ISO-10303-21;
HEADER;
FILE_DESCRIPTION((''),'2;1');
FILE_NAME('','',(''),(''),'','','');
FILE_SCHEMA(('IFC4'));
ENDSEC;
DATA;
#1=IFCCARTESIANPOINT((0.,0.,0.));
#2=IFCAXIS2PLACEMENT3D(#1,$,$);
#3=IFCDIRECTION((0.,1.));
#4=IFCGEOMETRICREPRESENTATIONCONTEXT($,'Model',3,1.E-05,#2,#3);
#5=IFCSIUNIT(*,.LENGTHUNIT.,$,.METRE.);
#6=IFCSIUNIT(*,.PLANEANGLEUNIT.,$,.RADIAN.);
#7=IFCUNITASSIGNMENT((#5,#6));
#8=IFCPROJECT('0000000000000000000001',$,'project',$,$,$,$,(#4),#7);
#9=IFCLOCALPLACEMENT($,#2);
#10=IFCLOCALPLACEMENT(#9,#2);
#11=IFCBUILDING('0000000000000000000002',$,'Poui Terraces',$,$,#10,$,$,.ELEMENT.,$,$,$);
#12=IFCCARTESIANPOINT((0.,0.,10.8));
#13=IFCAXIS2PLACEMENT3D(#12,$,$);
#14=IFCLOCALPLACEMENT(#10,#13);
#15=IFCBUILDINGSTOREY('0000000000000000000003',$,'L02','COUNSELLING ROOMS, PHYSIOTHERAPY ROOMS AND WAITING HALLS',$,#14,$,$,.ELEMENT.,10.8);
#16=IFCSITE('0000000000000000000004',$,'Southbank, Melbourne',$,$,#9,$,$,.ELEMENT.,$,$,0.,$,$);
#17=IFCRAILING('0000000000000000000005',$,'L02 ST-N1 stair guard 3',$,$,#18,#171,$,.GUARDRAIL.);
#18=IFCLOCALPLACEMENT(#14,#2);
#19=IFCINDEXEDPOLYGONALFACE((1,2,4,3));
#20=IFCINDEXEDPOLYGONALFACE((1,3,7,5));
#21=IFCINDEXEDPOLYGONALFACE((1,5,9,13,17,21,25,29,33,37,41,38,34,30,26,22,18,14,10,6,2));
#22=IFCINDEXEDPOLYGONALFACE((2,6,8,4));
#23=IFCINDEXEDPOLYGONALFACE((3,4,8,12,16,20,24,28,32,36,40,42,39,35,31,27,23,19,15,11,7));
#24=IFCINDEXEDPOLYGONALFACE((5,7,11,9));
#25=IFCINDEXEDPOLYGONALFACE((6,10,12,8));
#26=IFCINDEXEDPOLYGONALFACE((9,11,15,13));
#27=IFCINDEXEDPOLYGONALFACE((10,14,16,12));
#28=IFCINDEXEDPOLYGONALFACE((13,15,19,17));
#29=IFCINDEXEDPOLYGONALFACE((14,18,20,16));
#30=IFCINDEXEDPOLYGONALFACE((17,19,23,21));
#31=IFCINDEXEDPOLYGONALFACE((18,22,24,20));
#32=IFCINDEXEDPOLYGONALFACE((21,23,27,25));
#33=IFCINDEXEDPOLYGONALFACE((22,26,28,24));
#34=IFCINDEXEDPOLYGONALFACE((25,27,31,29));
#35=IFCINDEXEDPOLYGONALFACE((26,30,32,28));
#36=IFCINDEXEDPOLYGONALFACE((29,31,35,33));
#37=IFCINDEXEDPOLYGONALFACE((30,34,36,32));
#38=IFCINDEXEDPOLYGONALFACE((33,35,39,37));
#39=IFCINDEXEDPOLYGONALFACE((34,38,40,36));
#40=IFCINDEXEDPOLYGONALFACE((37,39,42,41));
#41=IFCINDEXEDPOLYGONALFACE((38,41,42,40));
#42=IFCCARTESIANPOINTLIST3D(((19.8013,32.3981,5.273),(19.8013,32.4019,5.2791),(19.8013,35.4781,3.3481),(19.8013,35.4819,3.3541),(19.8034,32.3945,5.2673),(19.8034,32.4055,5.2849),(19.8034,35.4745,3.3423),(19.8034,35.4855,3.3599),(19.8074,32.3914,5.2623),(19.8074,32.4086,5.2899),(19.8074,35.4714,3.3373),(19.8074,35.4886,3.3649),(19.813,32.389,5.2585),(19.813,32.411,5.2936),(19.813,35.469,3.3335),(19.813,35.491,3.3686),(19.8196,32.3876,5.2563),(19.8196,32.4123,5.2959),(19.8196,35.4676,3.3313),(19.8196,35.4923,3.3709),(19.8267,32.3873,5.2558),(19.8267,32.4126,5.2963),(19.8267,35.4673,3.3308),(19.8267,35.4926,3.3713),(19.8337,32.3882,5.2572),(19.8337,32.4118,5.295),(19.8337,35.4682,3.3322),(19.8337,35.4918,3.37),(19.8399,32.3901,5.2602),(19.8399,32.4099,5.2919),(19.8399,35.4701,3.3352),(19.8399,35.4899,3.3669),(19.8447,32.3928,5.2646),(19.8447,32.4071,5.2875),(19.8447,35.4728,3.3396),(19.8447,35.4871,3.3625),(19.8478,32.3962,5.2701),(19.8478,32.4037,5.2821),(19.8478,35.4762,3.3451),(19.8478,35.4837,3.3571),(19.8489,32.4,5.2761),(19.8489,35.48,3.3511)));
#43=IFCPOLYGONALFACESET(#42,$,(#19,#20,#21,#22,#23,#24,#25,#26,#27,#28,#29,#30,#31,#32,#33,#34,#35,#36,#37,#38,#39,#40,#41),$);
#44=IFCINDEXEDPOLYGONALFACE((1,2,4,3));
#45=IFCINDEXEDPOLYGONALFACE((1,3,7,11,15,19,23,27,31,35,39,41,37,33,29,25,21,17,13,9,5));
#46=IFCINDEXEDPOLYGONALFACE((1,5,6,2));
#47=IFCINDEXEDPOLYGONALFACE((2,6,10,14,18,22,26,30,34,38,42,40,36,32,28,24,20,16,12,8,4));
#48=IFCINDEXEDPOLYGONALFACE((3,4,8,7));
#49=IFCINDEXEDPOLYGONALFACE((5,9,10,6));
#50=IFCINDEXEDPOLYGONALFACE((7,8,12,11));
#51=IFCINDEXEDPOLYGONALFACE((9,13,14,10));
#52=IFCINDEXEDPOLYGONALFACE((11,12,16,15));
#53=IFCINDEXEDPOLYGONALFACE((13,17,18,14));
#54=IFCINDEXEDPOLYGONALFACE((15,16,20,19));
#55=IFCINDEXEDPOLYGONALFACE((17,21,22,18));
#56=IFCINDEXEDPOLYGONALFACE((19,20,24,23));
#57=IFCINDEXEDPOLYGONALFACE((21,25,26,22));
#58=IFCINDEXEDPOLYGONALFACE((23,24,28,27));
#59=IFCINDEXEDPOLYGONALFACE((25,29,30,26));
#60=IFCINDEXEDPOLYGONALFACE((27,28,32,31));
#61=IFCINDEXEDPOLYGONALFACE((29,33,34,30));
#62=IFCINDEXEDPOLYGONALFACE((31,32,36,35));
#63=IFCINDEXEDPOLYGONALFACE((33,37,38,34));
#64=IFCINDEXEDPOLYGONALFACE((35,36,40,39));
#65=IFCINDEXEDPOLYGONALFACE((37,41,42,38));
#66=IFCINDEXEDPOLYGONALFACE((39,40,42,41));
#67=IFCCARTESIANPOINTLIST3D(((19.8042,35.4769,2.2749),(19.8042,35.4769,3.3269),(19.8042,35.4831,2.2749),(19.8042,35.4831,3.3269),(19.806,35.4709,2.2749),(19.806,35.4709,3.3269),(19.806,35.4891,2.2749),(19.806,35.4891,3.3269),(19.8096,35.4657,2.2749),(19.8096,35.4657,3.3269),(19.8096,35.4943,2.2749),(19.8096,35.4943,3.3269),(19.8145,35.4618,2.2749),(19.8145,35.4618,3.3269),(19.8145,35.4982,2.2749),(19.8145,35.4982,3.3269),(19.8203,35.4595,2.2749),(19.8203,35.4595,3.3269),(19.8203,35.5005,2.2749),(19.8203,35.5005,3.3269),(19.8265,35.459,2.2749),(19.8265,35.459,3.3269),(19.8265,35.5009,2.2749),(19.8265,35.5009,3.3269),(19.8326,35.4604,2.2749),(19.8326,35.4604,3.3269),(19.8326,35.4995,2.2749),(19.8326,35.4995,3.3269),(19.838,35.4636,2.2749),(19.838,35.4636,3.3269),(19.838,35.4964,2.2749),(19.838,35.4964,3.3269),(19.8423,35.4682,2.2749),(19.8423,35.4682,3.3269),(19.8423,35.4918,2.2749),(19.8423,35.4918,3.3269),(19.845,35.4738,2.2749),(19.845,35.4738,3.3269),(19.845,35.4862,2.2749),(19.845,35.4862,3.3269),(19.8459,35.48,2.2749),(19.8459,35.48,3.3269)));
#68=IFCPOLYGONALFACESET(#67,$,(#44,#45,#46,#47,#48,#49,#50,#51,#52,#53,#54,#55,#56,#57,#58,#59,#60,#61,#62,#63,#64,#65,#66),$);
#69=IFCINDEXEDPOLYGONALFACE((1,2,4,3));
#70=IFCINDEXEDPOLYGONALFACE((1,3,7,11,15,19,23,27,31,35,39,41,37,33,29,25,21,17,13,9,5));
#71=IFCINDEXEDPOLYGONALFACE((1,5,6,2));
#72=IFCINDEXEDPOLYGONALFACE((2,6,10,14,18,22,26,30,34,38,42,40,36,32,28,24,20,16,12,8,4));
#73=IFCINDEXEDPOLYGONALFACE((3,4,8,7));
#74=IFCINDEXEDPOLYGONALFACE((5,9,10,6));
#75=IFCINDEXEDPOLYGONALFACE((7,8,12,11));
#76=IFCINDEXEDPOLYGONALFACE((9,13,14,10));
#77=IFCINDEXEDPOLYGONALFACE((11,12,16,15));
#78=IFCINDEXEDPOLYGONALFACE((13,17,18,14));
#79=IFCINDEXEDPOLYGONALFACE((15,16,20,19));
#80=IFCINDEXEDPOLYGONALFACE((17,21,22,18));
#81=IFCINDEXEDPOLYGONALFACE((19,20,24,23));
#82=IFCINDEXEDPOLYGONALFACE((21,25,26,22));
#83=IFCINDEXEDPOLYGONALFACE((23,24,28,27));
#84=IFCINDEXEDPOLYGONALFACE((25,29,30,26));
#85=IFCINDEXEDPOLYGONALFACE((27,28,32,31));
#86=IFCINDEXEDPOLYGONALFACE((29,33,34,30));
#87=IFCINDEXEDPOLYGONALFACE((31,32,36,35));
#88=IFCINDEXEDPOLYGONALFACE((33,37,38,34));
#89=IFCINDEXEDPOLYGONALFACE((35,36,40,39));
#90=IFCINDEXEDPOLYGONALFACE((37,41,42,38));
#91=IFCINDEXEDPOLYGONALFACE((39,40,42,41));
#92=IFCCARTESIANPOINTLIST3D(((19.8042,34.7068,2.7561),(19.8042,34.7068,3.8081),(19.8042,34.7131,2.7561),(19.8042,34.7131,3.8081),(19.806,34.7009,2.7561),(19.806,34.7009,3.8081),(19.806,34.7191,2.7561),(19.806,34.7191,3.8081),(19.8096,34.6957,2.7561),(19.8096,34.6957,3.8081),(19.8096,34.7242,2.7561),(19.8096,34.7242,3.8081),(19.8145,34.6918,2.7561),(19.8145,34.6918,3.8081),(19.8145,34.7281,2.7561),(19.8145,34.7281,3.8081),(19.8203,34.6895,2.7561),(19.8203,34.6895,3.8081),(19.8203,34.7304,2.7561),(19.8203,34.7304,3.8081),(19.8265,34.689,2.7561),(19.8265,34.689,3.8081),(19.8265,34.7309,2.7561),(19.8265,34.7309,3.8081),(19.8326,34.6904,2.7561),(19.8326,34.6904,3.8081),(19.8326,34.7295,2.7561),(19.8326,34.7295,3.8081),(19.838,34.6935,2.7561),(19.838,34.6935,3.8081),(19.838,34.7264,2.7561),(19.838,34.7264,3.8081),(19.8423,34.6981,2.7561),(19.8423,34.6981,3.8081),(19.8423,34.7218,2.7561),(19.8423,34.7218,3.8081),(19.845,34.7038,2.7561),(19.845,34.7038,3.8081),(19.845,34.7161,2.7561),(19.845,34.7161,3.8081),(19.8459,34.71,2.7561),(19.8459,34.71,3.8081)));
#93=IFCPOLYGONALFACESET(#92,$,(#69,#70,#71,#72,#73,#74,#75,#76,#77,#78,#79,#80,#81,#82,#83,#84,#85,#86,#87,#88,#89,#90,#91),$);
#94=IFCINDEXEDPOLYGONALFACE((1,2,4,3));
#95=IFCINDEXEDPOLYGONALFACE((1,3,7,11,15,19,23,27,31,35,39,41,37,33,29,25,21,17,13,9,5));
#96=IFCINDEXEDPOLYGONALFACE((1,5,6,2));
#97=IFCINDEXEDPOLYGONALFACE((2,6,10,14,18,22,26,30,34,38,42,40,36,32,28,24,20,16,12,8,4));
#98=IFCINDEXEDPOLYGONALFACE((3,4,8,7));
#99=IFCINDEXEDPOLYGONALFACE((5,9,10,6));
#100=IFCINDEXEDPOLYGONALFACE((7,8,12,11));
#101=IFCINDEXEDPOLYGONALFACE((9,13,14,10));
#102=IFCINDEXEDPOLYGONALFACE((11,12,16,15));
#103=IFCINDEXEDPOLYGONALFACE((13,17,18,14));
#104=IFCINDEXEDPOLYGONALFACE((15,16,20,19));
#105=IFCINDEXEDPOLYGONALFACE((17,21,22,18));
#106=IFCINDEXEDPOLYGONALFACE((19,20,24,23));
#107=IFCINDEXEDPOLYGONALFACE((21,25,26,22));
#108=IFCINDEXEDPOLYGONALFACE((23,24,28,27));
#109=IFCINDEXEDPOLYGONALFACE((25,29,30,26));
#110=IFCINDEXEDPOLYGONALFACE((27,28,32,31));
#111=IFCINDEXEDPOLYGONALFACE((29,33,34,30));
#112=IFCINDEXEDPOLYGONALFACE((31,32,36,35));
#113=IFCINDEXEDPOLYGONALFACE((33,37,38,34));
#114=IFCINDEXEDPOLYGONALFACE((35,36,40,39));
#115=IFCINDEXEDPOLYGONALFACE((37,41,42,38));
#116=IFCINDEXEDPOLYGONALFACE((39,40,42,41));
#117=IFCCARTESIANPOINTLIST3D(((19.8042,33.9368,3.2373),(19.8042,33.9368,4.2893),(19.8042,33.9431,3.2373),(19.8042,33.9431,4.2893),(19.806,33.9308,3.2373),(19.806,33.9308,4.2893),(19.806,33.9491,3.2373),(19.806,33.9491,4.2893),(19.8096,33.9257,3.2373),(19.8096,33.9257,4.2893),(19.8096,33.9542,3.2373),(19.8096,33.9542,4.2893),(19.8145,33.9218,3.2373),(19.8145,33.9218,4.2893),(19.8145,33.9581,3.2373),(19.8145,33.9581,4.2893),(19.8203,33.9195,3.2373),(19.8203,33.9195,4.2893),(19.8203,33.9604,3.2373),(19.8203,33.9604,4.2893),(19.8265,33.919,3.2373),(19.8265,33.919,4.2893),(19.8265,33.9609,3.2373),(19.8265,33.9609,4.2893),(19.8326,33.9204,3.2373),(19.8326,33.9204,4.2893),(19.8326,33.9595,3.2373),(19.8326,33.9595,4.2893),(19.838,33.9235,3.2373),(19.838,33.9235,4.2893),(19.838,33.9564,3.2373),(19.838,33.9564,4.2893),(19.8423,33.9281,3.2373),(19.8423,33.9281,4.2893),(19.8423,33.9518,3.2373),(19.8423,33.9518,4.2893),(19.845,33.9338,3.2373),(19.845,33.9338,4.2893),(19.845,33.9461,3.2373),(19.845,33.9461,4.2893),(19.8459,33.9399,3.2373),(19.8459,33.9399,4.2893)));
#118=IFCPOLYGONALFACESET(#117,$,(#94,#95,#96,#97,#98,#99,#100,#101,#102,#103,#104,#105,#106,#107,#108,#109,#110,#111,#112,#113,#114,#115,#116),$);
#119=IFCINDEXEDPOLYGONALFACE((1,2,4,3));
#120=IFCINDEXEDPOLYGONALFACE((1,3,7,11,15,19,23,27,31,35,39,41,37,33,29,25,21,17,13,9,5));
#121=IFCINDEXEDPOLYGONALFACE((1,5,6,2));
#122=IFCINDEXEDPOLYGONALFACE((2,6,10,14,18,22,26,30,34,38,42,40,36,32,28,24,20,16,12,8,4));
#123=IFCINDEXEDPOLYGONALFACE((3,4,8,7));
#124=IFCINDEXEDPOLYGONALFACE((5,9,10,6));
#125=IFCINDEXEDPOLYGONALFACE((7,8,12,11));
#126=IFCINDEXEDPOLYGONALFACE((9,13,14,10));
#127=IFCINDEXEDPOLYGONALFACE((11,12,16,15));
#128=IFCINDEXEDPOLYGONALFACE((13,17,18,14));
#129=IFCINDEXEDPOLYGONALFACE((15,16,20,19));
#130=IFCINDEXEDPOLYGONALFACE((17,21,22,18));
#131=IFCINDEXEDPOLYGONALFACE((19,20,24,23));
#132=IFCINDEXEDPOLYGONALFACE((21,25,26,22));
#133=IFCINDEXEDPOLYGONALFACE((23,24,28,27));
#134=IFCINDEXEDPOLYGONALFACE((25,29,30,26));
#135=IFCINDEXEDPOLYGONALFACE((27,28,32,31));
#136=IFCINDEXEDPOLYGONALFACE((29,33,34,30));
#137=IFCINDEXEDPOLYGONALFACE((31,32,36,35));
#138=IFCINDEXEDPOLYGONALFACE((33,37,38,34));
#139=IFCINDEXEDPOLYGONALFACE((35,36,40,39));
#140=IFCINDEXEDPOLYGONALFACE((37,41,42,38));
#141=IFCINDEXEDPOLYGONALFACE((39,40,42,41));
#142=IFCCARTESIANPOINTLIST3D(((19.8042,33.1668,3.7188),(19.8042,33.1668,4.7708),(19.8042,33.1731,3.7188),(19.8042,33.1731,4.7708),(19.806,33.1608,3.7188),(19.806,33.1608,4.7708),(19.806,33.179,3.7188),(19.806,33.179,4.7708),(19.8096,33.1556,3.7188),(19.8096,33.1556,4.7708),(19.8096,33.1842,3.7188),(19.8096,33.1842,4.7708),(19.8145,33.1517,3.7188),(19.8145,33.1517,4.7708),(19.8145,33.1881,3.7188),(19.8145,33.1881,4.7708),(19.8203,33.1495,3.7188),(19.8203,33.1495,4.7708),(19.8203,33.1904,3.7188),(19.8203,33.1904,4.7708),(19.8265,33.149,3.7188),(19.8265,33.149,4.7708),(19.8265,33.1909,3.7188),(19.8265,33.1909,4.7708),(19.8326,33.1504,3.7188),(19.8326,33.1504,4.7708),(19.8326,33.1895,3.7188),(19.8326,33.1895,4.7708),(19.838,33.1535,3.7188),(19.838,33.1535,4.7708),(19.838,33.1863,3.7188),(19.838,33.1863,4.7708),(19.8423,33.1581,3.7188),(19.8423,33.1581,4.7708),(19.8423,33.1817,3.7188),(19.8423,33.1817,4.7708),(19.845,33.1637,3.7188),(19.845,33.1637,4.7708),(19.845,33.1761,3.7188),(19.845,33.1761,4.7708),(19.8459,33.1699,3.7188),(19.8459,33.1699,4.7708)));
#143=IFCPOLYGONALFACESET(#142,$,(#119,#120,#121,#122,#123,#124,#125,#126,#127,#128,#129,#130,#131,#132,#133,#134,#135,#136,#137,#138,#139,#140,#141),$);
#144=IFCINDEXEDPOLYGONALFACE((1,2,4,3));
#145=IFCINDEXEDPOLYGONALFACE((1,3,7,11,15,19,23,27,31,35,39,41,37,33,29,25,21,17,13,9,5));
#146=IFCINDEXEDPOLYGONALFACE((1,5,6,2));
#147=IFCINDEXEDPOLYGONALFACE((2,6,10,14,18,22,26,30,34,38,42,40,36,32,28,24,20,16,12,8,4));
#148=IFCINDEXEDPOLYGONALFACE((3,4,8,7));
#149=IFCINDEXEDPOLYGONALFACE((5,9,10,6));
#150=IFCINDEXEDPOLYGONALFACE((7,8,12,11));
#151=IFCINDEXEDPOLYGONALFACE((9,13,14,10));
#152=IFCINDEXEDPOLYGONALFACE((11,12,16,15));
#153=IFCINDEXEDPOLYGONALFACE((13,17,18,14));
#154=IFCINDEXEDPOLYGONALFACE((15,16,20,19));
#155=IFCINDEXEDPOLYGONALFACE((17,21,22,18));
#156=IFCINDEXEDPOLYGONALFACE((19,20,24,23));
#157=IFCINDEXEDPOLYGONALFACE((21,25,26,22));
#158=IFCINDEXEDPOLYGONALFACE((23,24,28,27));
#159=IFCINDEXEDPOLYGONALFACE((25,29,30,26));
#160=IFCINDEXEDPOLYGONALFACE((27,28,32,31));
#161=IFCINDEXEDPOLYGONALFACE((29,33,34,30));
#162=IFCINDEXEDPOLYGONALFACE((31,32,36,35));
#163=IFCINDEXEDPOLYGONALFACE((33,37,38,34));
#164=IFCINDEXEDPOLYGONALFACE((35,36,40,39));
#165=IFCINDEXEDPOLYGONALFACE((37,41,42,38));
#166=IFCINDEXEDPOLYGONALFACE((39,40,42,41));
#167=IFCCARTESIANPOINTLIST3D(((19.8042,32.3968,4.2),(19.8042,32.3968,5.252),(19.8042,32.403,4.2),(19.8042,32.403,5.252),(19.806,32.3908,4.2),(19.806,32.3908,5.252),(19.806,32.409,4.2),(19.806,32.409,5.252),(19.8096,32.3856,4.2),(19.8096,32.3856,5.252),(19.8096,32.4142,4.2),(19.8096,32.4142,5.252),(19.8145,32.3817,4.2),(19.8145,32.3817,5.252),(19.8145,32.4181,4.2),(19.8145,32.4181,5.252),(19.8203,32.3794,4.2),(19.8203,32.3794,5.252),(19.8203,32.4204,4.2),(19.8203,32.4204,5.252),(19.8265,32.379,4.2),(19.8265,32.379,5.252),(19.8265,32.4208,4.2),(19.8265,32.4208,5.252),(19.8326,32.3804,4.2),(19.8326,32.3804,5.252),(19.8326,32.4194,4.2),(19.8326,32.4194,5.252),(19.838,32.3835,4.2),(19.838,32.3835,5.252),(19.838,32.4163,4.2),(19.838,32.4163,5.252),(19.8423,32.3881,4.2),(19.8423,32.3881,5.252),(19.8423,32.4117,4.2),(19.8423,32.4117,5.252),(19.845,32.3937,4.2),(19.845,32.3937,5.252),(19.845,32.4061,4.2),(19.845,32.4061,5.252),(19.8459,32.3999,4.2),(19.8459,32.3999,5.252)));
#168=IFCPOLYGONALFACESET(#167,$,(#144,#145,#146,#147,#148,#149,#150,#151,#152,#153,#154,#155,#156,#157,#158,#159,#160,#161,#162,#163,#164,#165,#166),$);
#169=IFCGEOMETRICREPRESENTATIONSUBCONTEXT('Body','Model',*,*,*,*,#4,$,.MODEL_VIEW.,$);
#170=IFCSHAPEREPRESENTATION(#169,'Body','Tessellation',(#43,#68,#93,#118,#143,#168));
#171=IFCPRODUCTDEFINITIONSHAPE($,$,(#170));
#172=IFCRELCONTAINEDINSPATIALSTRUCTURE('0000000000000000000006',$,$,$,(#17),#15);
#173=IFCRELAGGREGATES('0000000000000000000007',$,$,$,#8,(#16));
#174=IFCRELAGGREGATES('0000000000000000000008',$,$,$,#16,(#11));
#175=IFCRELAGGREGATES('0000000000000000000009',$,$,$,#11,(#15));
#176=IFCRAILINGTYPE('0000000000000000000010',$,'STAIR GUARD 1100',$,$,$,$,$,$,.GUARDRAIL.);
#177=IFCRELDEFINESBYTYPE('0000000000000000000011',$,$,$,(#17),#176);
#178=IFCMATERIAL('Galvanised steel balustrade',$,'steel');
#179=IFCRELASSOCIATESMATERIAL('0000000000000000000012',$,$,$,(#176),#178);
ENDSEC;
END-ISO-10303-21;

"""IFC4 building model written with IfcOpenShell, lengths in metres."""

from ifc_helpers import new_model, si_unit, direction, frame, origin, origin_2d, place, context, subcontext, project, spatial, circle, extrude, material, type_object, element, save


model = new_model("IFC4")

# Units and contexts
model_context = context("Model", 3, precision=1e-05, world=origin(), true_north=direction((0.0, 1.0)))
body_context = subcontext(model_context, "Body", "Model", "MODEL_VIEW")
ifc_project = project(units=[si_unit("LENGTHUNIT", "METRE"), si_unit("PLANEANGLEUNIT", "RADIAN")], contexts=[model_context])

# Site, building, storey
site_placement = place(None, origin())
site = spatial("IfcSite", under=ifc_project, at=site_placement, Name="Southbank, Melbourne", CompositionType="ELEMENT", RefElevation=0.0)
building_placement = place(site_placement, origin())
building = spatial("IfcBuilding", under=site, at=building_placement, Name="Poui Terraces", CompositionType="ELEMENT")
storey_placement = place(building_placement, frame((0.0, 0.0, 10.8)))
storey = spatial("IfcBuildingStorey", under=building, at=storey_placement, Name="L02", Description="COUNSELLING ROOMS, PHYSIOTHERAPY ROOMS AND WAITING HALLS", CompositionType="ELEMENT", Elevation=10.8)

# Railing
ifc_material_1 = material(Name="Galvanised steel balustrade", Category="steel")
railing_type_1 = type_object("IfcRailingType", Name="STAIR GUARD 1100", PredefinedType="GUARDRAIL", material=ifc_material_1)
railing_1_placement = place(storey_placement, frame((19.825, 35.48, 2.2749)))
element("IfcRailing", 1, at=railing_1_placement, inside=storey, type_object=railing_type_1, Name="L02 ST-N1 stair guard 3", PredefinedType="GUARDRAIL", context=body_context, shape_type="SweptSolid", body=[
    extrude(circle(Radius=0.0239, at=origin_2d()), frame((0.0, 0.0, 1.0762), z_axis=(0.0, -0.847998, 0.529999), x_axis=(1.0, 0.0, 0.0)), (0.0, 0.0, 1.0), 3.6321),
    extrude(circle(Radius=0.021, at=origin_2d()), origin(), (0.0, 0.0, 1.0), 1.052),
    extrude(circle(Radius=0.021, at=origin_2d()), frame((0.0, -0.77, 0.4812)), (0.0, 0.0, 1.0), 1.052),
    extrude(circle(Radius=0.021, at=origin_2d()), frame((0.0, -1.54, 0.9624)), (0.0, 0.0, 1.0), 1.052),
    extrude(circle(Radius=0.021, at=origin_2d()), frame((0.0, -2.3101, 1.4438)), (0.0, 0.0, 1.0), 1.052),
    extrude(circle(Radius=0.021, at=origin_2d()), frame((0.0, -3.0801, 1.925)), (0.0, 0.0, 1.0), 1.052),
])

save(model, "model.ifc")
